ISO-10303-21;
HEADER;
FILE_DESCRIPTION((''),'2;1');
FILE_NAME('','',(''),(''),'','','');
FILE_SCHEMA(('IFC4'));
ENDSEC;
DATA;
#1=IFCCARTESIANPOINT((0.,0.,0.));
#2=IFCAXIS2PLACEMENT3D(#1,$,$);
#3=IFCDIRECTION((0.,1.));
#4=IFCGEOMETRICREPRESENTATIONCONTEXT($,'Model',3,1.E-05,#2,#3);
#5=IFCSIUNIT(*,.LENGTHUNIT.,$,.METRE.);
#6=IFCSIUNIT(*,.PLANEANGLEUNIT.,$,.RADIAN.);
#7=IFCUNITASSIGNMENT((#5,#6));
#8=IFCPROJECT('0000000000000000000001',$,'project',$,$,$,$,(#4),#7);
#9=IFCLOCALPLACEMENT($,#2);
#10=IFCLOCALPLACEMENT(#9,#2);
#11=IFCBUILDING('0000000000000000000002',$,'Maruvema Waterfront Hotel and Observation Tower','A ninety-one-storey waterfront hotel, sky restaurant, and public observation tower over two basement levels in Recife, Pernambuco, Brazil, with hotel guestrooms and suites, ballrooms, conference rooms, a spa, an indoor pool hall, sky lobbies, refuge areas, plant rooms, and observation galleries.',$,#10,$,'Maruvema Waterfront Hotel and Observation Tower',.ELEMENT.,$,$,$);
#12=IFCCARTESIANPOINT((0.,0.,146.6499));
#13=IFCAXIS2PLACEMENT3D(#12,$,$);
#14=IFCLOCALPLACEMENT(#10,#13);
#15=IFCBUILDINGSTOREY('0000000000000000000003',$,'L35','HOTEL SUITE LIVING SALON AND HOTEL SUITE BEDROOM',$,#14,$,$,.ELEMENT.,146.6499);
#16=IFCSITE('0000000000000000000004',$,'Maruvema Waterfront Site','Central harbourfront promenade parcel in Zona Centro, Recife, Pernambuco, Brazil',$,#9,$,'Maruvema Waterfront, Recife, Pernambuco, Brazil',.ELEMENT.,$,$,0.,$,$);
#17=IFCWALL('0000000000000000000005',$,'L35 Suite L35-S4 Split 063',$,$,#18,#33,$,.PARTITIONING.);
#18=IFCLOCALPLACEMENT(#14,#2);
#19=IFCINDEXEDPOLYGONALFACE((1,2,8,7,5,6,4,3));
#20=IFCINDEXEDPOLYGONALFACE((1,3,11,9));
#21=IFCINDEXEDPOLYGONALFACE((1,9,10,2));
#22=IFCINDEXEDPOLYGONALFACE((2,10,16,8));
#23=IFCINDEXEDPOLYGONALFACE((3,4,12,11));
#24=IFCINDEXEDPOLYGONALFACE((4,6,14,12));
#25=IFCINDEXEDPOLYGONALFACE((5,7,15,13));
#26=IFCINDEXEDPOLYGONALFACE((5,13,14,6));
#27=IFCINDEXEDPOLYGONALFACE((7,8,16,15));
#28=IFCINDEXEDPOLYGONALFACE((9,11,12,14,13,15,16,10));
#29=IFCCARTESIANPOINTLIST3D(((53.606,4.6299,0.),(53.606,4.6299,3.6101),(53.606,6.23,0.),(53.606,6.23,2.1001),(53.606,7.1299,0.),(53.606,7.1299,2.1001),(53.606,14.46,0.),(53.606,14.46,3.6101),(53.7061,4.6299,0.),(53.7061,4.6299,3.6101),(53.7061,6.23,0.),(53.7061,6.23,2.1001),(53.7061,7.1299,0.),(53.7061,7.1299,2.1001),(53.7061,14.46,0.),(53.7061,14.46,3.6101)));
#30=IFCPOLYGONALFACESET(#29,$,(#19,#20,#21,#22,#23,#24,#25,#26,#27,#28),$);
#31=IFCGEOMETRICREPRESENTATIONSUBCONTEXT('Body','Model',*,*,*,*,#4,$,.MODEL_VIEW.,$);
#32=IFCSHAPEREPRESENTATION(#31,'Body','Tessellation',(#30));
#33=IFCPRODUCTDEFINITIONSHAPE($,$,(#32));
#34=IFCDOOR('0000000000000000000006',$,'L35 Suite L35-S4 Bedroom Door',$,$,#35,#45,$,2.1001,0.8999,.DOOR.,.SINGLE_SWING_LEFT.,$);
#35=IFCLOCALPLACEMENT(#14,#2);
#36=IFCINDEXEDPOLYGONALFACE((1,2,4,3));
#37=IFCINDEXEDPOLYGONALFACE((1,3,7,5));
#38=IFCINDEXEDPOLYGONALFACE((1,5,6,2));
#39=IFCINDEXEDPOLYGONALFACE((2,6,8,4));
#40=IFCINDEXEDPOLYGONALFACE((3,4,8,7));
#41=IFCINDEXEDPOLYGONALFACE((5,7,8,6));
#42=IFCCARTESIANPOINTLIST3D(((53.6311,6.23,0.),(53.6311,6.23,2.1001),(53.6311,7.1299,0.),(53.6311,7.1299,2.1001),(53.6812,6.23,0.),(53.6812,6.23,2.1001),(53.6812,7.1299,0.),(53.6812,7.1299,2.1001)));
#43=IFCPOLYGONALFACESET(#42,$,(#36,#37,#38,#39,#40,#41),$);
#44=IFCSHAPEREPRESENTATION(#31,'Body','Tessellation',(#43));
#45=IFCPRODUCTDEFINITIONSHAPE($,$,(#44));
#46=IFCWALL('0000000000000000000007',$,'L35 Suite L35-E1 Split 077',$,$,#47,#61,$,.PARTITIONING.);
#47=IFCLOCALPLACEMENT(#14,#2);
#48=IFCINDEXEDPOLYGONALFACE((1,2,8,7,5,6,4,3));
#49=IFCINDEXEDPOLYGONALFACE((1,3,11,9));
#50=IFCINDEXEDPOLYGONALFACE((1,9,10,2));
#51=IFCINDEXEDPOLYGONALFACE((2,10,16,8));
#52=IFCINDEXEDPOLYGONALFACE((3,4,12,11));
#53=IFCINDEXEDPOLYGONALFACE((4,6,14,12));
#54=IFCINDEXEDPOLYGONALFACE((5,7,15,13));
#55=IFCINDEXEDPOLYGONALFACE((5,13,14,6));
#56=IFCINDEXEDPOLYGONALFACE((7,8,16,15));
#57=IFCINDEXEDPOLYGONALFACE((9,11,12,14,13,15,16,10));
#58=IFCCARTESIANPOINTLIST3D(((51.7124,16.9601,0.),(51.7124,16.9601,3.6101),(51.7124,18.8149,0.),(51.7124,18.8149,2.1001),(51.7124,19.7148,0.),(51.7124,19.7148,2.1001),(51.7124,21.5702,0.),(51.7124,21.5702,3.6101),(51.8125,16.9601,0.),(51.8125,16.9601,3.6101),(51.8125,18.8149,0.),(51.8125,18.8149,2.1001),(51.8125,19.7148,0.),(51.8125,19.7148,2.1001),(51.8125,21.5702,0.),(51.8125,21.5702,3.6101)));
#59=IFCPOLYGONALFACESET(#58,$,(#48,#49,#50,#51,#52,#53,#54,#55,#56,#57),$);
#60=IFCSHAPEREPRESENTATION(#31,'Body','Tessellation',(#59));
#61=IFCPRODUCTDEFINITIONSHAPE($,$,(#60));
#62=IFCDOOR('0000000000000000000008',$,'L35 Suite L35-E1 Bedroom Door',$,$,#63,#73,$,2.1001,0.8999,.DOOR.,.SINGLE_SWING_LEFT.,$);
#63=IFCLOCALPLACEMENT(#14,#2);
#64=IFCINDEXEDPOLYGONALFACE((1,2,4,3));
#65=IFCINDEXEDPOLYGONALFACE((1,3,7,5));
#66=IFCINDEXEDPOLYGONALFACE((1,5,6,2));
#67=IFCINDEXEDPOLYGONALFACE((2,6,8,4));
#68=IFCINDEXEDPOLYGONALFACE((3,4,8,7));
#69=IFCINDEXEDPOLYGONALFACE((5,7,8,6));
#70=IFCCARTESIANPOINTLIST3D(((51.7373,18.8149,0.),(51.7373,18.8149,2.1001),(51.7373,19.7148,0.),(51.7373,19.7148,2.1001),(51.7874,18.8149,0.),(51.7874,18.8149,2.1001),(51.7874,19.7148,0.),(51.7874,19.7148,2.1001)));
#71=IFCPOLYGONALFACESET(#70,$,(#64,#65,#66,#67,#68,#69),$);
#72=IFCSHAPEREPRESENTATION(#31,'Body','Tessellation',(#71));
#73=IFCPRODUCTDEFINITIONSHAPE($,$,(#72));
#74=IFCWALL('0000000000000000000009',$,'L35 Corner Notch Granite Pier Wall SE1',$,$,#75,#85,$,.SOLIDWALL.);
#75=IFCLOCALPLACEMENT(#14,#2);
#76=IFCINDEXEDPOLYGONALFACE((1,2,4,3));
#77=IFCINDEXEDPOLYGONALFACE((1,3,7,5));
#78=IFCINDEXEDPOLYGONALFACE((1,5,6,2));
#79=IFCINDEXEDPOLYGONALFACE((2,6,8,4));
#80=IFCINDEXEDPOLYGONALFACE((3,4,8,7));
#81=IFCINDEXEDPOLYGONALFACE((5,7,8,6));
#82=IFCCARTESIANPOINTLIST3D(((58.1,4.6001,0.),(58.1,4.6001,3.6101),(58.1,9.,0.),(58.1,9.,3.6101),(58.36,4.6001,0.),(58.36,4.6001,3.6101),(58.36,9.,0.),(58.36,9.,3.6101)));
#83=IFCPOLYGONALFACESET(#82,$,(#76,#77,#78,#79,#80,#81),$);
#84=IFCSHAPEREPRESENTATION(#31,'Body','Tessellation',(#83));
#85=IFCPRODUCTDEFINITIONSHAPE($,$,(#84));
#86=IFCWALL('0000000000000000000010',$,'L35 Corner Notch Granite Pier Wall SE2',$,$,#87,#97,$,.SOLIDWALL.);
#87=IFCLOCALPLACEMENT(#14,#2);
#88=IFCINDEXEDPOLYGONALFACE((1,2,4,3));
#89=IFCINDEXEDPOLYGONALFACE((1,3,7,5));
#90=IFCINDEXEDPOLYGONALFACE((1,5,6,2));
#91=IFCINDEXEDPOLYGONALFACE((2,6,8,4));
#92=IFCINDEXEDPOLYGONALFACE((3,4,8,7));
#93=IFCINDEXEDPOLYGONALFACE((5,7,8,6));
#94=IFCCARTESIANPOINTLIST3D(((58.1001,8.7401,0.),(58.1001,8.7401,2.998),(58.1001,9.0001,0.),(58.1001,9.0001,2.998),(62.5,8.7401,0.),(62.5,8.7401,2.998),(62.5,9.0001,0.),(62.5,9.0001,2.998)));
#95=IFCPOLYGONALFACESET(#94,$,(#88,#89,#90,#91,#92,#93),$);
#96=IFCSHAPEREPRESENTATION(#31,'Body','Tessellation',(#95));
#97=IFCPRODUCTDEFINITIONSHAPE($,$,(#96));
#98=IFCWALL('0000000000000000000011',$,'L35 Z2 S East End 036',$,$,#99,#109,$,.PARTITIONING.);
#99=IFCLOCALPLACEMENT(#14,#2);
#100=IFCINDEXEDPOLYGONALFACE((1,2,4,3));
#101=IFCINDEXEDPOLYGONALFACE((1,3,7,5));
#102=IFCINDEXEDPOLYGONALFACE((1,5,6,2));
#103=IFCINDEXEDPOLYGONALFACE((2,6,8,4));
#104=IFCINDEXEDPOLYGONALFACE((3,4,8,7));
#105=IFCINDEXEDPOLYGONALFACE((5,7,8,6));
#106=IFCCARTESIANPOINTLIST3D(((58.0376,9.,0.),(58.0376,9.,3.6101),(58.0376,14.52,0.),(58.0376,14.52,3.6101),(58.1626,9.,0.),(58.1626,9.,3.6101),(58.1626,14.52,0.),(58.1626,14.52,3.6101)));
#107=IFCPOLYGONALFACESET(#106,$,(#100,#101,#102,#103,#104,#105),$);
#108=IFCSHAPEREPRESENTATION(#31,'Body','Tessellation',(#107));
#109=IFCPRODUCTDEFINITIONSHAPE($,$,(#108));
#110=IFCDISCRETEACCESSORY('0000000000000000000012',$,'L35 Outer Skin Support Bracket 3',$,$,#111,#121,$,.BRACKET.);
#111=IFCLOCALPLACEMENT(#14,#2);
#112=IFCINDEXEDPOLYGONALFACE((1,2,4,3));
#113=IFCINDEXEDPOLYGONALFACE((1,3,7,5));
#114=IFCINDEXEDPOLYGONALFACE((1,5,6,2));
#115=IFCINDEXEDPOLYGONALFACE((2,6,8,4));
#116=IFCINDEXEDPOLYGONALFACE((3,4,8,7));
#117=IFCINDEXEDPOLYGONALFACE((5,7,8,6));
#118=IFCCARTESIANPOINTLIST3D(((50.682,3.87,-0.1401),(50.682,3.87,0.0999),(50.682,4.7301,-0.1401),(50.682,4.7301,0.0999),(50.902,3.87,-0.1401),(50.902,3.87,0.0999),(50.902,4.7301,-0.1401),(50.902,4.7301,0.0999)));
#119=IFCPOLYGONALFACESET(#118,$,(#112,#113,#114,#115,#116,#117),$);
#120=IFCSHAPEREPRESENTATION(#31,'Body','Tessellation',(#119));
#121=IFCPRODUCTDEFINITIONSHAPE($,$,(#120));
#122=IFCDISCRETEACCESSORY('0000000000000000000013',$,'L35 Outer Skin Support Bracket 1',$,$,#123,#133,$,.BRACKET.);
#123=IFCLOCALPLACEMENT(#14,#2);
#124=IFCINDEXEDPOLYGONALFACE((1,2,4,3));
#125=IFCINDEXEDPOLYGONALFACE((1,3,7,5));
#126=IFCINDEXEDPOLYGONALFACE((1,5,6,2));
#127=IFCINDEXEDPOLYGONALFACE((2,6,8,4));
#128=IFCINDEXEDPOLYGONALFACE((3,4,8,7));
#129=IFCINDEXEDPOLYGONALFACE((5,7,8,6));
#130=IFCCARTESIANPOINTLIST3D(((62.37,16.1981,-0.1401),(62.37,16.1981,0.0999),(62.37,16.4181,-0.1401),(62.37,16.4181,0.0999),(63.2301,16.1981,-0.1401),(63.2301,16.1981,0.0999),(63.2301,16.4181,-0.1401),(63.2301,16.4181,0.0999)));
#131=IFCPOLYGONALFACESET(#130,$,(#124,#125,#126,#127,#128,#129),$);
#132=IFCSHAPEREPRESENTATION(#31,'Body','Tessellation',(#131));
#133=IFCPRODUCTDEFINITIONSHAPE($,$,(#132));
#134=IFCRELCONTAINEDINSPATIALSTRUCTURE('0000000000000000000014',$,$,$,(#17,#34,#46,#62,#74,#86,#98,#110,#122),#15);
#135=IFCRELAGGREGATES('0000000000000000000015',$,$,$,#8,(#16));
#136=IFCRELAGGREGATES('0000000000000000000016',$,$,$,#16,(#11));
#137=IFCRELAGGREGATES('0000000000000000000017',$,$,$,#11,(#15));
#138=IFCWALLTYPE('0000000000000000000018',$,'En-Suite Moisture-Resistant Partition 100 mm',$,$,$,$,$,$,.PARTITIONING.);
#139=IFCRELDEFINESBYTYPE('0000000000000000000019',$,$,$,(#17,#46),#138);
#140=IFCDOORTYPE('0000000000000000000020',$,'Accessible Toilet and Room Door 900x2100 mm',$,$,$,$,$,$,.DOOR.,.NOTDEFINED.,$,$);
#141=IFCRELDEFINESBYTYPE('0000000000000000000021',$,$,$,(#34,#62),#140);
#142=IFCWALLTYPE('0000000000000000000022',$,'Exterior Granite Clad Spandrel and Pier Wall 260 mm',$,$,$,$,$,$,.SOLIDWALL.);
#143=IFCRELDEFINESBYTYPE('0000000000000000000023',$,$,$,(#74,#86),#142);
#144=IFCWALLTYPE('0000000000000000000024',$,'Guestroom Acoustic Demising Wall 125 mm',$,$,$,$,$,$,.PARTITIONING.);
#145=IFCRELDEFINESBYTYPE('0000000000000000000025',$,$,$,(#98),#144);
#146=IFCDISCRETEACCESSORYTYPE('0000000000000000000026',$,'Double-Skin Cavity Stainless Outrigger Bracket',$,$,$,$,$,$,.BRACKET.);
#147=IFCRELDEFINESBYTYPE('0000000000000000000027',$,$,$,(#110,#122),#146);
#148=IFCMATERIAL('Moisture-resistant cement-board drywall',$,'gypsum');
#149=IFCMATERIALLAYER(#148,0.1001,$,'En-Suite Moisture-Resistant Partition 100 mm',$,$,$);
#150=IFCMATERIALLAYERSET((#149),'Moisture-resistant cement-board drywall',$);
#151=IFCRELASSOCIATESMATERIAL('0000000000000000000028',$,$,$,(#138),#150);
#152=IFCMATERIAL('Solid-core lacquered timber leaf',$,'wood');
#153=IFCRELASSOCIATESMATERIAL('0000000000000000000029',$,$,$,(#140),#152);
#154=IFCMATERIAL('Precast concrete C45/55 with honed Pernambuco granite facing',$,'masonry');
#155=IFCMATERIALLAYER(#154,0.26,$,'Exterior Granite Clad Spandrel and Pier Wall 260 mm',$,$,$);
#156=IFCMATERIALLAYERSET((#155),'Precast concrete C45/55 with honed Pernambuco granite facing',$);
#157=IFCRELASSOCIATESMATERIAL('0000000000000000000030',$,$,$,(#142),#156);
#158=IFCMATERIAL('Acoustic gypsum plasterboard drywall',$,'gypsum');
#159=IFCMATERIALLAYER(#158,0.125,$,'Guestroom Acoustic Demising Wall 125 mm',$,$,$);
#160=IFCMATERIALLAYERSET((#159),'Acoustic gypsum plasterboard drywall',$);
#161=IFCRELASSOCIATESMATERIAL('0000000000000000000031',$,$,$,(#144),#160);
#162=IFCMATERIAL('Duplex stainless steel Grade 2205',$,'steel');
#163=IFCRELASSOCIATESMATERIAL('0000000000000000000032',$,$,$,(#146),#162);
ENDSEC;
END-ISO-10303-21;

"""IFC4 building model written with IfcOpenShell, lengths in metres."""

from ifc_helpers import new_model, si_unit, direction, frame, frame_2d, origin, origin_2d, place, context, subcontext, project, spatial, rectangle, extrude, material, layer, layer_set, type_object, element, fill, save


model = new_model("IFC4")

# Units and contexts
model_context = context("Model", 3, precision=1e-05, world=origin(), true_north=direction((0.0, 1.0)))
body_context = subcontext(model_context, "Body", "Model", "MODEL_VIEW")
ifc_project = project(units=[si_unit("LENGTHUNIT", "METRE"), si_unit("PLANEANGLEUNIT", "RADIAN")], contexts=[model_context])

# Site, building, storey
site_placement = place(None, origin())
site = spatial("IfcSite", under=ifc_project, at=site_placement, Name="Maruvema Waterfront Site", Description="Central harbourfront promenade parcel in Zona Centro, Recife, Pernambuco, Brazil", LongName="Maruvema Waterfront, Recife, Pernambuco, Brazil", CompositionType="ELEMENT", RefElevation=0.0)
building_placement = place(site_placement, origin())
building = spatial("IfcBuilding", under=site, at=building_placement, Name="Maruvema Waterfront Hotel and Observation Tower", Description="A ninety-one-storey waterfront hotel, sky restaurant, and public observation tower over two basement levels in Recife, Pernambuco, Brazil, with hotel guestrooms and suites, ballrooms, conference rooms, a spa, an indoor pool hall, sky lobbies, refuge areas, plant rooms, and observation galleries.", LongName="Maruvema Waterfront Hotel and Observation Tower", CompositionType="ELEMENT")
storey_placement = place(building_placement, frame((0.0, 0.0, 146.6499)))
storey = spatial("IfcBuildingStorey", under=building, at=storey_placement, Name="L35", Description="HOTEL SUITE LIVING SALON AND HOTEL SUITE BEDROOM", CompositionType="ELEMENT", Elevation=146.6499)

# Walls, openings, doors
ifc_material_1 = material(Name="Moisture-resistant cement-board drywall", Category="gypsum")
ifc_layer_1 = layer(ifc_material_1, 0.1001, Name="En-Suite Moisture-Resistant Partition 100 mm")
ifc_layer_set_1 = layer_set([ifc_layer_1], Name="Moisture-resistant cement-board drywall")
wall_type_1 = type_object("IfcWallType", Name="En-Suite Moisture-Resistant Partition 100 mm", PredefinedType="PARTITIONING", material=ifc_layer_set_1)
wall_1_placement = place(storey_placement, frame((53.656, 4.6299, 0.0), z_axis=(0.0, 0.0, 1.0), x_axis=(0.0, 1.0, 0.0)))
wall_1 = element("IfcWall", 1, at=wall_1_placement, inside=storey, type_object=wall_type_1, Name="L35 Suite L35-S4 Split 063", PredefinedType="PARTITIONING", context=body_context, shape_type="SweptSolid", body=[
    extrude(rectangle(XDim=9.8301, YDim=0.1001, at=frame_2d((4.915, 0.0))), origin(), (0.0, 0.0, 1.0), 3.6101),
])
opening_1_placement = place(wall_1_placement, frame((1.6001, 0.0, 0.0)))
opening_1 = element("IfcOpeningElement", 2, at=opening_1_placement, cuts=wall_1, PredefinedType="OPENING", context=body_context, shape_type="SweptSolid", body=[
    extrude(rectangle(XDim=0.8999, YDim=2.1001, at=frame_2d((0.45, 1.05))), frame((0.0, 0.0601, 0.0), z_axis=(0.0, -1.0, 0.0), x_axis=(1.0, 0.0, 0.0)), (0.0, 0.0, 1.0), 0.1201),
])
ifc_material_2 = material(Name="Solid-core lacquered timber leaf", Category="wood")
door_type = type_object("IfcDoorType", Name="Accessible Toilet and Room Door 900x2100 mm", OperationType="NOTDEFINED", PredefinedType="DOOR", material=ifc_material_2)
door_1_placement = place(opening_1_placement, origin())
door_1 = element("IfcDoor", 3, at=door_1_placement, inside=storey, type_object=door_type, Name="L35 Suite L35-S4 Bedroom Door", OperationType="SINGLE_SWING_LEFT", OverallHeight=2.1001, OverallWidth=0.8999, PredefinedType="DOOR", context=body_context, shape_type="SweptSolid", body=[
    extrude(rectangle(XDim=0.8999, YDim=2.1001, at=frame_2d((0.45, 1.05))), frame((0.0, 0.0249, 0.0), z_axis=(0.0, -1.0, 0.0), x_axis=(1.0, 0.0, 0.0)), (0.0, 0.0, 1.0), 0.05),
])
fill(opening_1, door_1)
wall_2_placement = place(storey_placement, frame((51.7625, 16.96, 0.0), z_axis=(0.0, 0.0, 1.0), x_axis=(0.0, 1.0, 0.0)))
wall_2 = element("IfcWall", 4, at=wall_2_placement, inside=storey, type_object=wall_type_1, Name="L35 Suite L35-E1 Split 077", PredefinedType="PARTITIONING", context=body_context, shape_type="SweptSolid", body=[
    extrude(rectangle(XDim=4.6101, YDim=0.1001, at=frame_2d((2.3052, 0.0))), origin(), (0.0, 0.0, 1.0), 3.6101),
])
opening_2_placement = place(wall_2_placement, frame((1.855, 0.0, 0.0)))
opening_2 = element("IfcOpeningElement", 5, at=opening_2_placement, cuts=wall_2, PredefinedType="OPENING", context=body_context, shape_type="SweptSolid", body=[
    extrude(rectangle(XDim=0.8999, YDim=2.1001, at=frame_2d((0.45, 1.05))), frame((0.0, 0.0601, 0.0), z_axis=(0.0, -1.0, 0.0), x_axis=(1.0, 0.0, 0.0)), (0.0, 0.0, 1.0), 0.1201),
])
door_2_placement = place(opening_2_placement, frame((0.8999, 0.0, 0.0), z_axis=(0.0, 0.0, 1.0), x_axis=(-1.0, 0.0, 0.0)))
door_2 = element("IfcDoor", 6, at=door_2_placement, inside=storey, type_object=door_type, Name="L35 Suite L35-E1 Bedroom Door", OperationType="SINGLE_SWING_LEFT", OverallHeight=2.1001, OverallWidth=0.8999, PredefinedType="DOOR", context=body_context, shape_type="SweptSolid", body=[
    extrude(rectangle(XDim=0.8999, YDim=2.1001, at=frame_2d((0.45, 1.05))), frame((0.0, 0.0249, 0.0), z_axis=(0.0, -1.0, 0.0), x_axis=(1.0, 0.0, 0.0)), (0.0, 0.0, 1.0), 0.05),
])
fill(opening_2, door_2)

# Walls
ifc_material_3 = material(Name="Precast concrete C45/55 with honed Pernambuco granite facing", Category="masonry")
ifc_layer_2 = layer(ifc_material_3, 0.26, Name="Exterior Granite Clad Spandrel and Pier Wall 260 mm")
ifc_layer_set_2 = layer_set([ifc_layer_2], Name="Precast concrete C45/55 with honed Pernambuco granite facing")
wall_type_2 = type_object("IfcWallType", Name="Exterior Granite Clad Spandrel and Pier Wall 260 mm", PredefinedType="SOLIDWALL", material=ifc_layer_set_2)
wall_3_placement = place(storey_placement, frame((58.23, 9.0, 0.0), z_axis=(0.0, 0.0, 1.0), x_axis=(0.0, -1.0, 0.0)))
element("IfcWall", 7, at=wall_3_placement, inside=storey, type_object=wall_type_2, Name="L35 Corner Notch Granite Pier Wall SE1", PredefinedType="SOLIDWALL", context=body_context, shape_type="SweptSolid", body=[
    extrude(rectangle(XDim=4.3999, YDim=0.26, at=frame_2d((2.2, 0.0))), origin(), (0.0, 0.0, 1.0), 3.6101),
])
wall_4_placement = place(storey_placement, frame((62.5, 8.8701, 0.0), z_axis=(0.0, 0.0, 1.0), x_axis=(-1.0, 0.0, 0.0)))
element("IfcWall", 8, at=wall_4_placement, inside=storey, type_object=wall_type_2, Name="L35 Corner Notch Granite Pier Wall SE2", PredefinedType="SOLIDWALL", context=body_context, shape_type="SweptSolid", body=[
    extrude(rectangle(XDim=4.3999, YDim=0.26, at=frame_2d((2.2, 0.0))), origin(), (0.0, 0.0, 1.0), 2.998),
])
ifc_material_4 = material(Name="Acoustic gypsum plasterboard drywall", Category="gypsum")
ifc_layer_3 = layer(ifc_material_4, 0.125, Name="Guestroom Acoustic Demising Wall 125 mm")
ifc_layer_set_3 = layer_set([ifc_layer_3], Name="Acoustic gypsum plasterboard drywall")
wall_type_3 = type_object("IfcWallType", Name="Guestroom Acoustic Demising Wall 125 mm", PredefinedType="PARTITIONING", material=ifc_layer_set_3)
wall_5_placement = place(storey_placement, frame((58.1001, 9.0, 0.0), z_axis=(0.0, 0.0, 1.0), x_axis=(0.0, 1.0, 0.0)))
element("IfcWall", 9, at=wall_5_placement, inside=storey, type_object=wall_type_3, Name="L35 Z2 S East End 036", PredefinedType="PARTITIONING", context=body_context, shape_type="SweptSolid", body=[
    extrude(rectangle(XDim=5.52, YDim=0.125, at=frame_2d((2.76, 0.0))), origin(), (0.0, 0.0, 1.0), 3.6101),
])

# Discrete accessories
ifc_material_5 = material(Name="Duplex stainless steel Grade 2205", Category="steel")
discrete_accessory_type = type_object("IfcDiscreteAccessoryType", Name="Double-Skin Cavity Stainless Outrigger Bracket", PredefinedType="BRACKET", material=ifc_material_5)
for number, where, z_axis, x_axis, name in (
    (10, (50.792, 4.3, -0.1401), (0.0, 0.0, 1.0), (1.0, 0.0, 0.0), "L35 Outer Skin Support Bracket 3"),
    (11, (62.8, 16.3081, -0.1401), (0.0, 0.0, 1.0), (0.0, 1.0, 0.0), "L35 Outer Skin Support Bracket 1"),
):
    element("IfcDiscreteAccessory", number, at=place(storey_placement, frame(where, z_axis=z_axis, x_axis=x_axis)), inside=storey, type_object=discrete_accessory_type, Name=name, PredefinedType="BRACKET", context=body_context, shape_type="SweptSolid", body=[
        extrude(rectangle(XDim=0.22, YDim=0.8601, at=origin_2d()), origin(), (0.0, 0.0, 1.0), 0.24),
    ])

save(model, "model.ifc")
